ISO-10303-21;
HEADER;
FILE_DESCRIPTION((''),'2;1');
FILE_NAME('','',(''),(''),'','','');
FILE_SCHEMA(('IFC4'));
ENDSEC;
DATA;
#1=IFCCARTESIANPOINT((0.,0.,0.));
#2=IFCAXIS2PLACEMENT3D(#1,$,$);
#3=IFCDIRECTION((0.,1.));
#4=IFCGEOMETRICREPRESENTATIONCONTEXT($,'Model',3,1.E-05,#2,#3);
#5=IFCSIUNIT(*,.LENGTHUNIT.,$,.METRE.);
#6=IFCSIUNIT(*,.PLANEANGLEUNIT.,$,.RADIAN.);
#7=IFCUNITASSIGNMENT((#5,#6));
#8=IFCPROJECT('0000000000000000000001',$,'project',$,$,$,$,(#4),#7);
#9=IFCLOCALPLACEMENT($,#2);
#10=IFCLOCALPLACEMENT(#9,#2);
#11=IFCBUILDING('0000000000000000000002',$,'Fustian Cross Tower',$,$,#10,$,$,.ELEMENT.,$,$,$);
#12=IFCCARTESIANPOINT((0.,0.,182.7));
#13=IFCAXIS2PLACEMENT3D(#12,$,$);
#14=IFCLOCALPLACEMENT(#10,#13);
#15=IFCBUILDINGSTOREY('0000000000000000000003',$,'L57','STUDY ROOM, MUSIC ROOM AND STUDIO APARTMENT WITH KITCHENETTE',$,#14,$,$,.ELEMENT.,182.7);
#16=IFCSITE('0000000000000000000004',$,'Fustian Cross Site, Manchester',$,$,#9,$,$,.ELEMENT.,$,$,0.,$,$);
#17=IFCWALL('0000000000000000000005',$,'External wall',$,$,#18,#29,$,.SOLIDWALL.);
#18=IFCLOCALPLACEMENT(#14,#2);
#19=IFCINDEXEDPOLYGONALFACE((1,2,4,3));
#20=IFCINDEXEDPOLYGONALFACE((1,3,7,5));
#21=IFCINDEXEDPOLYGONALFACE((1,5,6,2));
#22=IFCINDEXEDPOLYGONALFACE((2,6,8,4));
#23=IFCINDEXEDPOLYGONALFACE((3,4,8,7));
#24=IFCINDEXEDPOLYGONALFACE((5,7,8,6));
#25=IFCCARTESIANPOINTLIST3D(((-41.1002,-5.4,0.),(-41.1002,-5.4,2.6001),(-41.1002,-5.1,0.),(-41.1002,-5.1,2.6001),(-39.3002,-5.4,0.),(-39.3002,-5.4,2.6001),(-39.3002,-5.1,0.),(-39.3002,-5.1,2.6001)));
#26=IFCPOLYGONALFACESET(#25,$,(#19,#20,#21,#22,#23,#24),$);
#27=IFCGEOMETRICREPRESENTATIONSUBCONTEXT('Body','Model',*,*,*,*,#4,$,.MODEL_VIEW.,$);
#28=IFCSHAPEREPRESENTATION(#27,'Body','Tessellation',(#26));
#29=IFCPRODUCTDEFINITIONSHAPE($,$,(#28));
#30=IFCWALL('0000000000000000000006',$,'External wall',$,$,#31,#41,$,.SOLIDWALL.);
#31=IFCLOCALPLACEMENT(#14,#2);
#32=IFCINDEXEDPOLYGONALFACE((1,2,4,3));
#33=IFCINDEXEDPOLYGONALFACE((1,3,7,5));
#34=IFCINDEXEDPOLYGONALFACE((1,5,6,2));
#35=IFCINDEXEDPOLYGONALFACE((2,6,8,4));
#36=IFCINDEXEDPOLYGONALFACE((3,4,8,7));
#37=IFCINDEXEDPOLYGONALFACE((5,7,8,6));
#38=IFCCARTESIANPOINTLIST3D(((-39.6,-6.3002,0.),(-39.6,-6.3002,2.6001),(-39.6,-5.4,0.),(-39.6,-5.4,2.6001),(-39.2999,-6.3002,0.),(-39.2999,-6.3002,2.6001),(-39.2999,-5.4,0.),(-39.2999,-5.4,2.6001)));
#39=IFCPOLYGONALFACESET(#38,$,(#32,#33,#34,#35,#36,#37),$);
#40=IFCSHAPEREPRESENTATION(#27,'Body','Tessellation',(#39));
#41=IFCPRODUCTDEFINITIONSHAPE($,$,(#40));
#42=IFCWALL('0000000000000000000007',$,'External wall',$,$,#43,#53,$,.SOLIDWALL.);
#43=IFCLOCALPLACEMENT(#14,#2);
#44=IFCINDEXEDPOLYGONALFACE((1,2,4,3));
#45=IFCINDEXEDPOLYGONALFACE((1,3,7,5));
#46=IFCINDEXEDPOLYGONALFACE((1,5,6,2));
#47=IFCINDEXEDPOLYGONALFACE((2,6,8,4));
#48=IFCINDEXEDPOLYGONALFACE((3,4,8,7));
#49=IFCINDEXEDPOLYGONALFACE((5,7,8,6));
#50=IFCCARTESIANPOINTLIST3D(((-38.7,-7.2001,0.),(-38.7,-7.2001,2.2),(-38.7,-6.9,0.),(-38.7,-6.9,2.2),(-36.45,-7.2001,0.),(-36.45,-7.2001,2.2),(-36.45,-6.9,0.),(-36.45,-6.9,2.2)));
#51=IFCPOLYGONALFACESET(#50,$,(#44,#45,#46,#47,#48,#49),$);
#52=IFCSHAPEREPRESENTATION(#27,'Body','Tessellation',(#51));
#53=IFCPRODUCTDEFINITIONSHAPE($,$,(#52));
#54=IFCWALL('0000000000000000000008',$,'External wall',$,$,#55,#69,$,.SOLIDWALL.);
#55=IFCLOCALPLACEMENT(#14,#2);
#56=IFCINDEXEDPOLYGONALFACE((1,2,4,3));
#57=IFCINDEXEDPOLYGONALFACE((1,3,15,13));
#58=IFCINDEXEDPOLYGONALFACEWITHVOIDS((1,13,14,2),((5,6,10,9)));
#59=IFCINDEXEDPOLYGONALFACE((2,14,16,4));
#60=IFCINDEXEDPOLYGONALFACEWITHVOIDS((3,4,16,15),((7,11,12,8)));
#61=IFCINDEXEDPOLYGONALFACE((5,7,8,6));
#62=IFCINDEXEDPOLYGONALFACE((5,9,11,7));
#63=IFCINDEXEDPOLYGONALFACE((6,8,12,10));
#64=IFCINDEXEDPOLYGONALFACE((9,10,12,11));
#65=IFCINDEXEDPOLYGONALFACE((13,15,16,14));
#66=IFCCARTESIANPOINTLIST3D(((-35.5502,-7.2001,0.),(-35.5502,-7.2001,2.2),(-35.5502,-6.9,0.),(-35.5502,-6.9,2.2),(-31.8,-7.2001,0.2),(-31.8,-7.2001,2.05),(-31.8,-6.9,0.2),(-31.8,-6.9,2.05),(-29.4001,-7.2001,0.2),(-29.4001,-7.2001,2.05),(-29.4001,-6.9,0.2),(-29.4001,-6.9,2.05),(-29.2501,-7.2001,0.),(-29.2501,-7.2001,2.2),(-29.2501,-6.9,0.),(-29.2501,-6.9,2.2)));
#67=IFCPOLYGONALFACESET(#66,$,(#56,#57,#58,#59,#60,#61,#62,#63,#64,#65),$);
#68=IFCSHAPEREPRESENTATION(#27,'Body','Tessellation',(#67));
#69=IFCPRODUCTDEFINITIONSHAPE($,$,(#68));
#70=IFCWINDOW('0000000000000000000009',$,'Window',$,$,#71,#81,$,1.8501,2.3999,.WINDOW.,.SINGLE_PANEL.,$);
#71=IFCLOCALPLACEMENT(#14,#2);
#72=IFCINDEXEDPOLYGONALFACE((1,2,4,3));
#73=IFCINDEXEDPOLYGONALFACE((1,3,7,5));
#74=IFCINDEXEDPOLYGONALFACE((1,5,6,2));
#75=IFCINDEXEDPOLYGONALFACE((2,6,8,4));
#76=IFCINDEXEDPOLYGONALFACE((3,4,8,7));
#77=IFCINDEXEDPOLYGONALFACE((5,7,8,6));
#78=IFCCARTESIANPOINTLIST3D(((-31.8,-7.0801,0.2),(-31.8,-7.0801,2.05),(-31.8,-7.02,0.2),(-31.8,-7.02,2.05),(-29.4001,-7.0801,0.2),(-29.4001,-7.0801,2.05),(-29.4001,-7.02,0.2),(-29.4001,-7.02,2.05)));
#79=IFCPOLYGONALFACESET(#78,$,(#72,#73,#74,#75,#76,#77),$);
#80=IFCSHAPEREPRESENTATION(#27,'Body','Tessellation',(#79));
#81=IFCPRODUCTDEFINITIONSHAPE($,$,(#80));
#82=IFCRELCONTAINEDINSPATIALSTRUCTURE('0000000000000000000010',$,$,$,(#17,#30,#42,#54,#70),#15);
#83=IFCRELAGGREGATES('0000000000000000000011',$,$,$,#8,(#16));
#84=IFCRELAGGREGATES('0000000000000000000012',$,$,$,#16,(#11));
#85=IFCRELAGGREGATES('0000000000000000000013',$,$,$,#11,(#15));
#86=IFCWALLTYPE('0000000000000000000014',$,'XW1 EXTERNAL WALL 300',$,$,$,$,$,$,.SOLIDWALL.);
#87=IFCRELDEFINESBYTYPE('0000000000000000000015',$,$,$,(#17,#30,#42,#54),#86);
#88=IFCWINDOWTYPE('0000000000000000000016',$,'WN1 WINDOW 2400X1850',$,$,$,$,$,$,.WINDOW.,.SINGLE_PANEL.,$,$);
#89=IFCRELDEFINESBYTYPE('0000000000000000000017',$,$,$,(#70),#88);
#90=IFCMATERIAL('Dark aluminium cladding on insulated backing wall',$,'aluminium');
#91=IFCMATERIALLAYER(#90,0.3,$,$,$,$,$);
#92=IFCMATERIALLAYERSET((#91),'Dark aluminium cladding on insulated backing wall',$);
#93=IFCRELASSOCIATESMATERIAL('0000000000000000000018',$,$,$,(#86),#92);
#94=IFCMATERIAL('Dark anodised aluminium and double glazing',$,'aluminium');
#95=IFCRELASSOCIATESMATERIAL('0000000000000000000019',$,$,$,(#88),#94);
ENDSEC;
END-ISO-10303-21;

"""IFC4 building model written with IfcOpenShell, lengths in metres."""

from ifc_helpers import new_model, si_unit, direction, frame, frame_2d, origin, place, context, subcontext, project, spatial, rectangle, extrude, material, layer, layer_set, type_object, element, fill, save


model = new_model("IFC4")

# Units and contexts
model_context = context("Model", 3, precision=1e-05, world=origin(), true_north=direction((0.0, 1.0)))
body_context = subcontext(model_context, "Body", "Model", "MODEL_VIEW")
ifc_project = project(units=[si_unit("LENGTHUNIT", "METRE"), si_unit("PLANEANGLEUNIT", "RADIAN")], contexts=[model_context])

# Site, building, storey
site_placement = place(None, origin())
site = spatial("IfcSite", under=ifc_project, at=site_placement, Name="Fustian Cross Site, Manchester", CompositionType="ELEMENT", RefElevation=0.0)
building_placement = place(site_placement, origin())
building = spatial("IfcBuilding", under=site, at=building_placement, Name="Fustian Cross Tower", CompositionType="ELEMENT")
storey_placement = place(building_placement, frame((0.0, 0.0, 182.7)))
storey = spatial("IfcBuildingStorey", under=building, at=storey_placement, Name="L57", Description="STUDY ROOM, MUSIC ROOM AND STUDIO APARTMENT WITH KITCHENETTE", CompositionType="ELEMENT", Elevation=182.7)

# Walls
ifc_material_1 = material(Name="Dark aluminium cladding on insulated backing wall", Category="aluminium")
ifc_layer_1 = layer(ifc_material_1, 0.3)
ifc_layer_set_1 = layer_set([ifc_layer_1], Name="Dark aluminium cladding on insulated backing wall")
wall_type_1 = type_object("IfcWallType", Name="XW1 EXTERNAL WALL 300", PredefinedType="SOLIDWALL", material=ifc_layer_set_1)
wall_1_placement = place(storey_placement, frame((-41.1001, -5.25, 0.0), z_axis=(0.0, 0.0, 1.0), x_axis=(1.0, 0.0, 0.0)))
element("IfcWall", 1, at=wall_1_placement, inside=storey, type_object=wall_type_1, Name="External wall", PredefinedType="SOLIDWALL", context=body_context, shape_type="SweptSolid", body=[
    extrude(rectangle(XDim=1.8, YDim=0.3, at=frame_2d((0.8999, 0.0))), origin(), (0.0, 0.0, 1.0), 2.6001),
])
wall_2_placement = place(storey_placement, frame((-39.45, -5.3999, 0.0), z_axis=(0.0, 0.0, 1.0), x_axis=(0.0, -1.0, 0.0)))
element("IfcWall", 2, at=wall_2_placement, inside=storey, type_object=wall_type_1, Name="External wall", PredefinedType="SOLIDWALL", context=body_context, shape_type="SweptSolid", body=[
    extrude(rectangle(XDim=0.9001, YDim=0.3, at=frame_2d((0.4502, 0.0))), origin(), (0.0, 0.0, 1.0), 2.6001),
])
wall_3_placement = place(storey_placement, frame((-38.7, -7.05, 0.0), z_axis=(0.0, 0.0, 1.0), x_axis=(1.0, 0.0, 0.0)))
element("IfcWall", 3, at=wall_3_placement, inside=storey, type_object=wall_type_1, Name="External wall", PredefinedType="SOLIDWALL", context=body_context, shape_type="SweptSolid", body=[
    extrude(rectangle(XDim=2.25, YDim=0.3, at=frame_2d((1.125, 0.0))), origin(), (0.0, 0.0, 1.0), 2.2),
])

# Wall, opening, window
wall_4_placement = place(storey_placement, frame((-35.55, -7.05, 0.0), z_axis=(0.0, 0.0, 1.0), x_axis=(1.0, 0.0, 0.0)))
wall_4 = element("IfcWall", 4, at=wall_4_placement, inside=storey, type_object=wall_type_1, Name="External wall", PredefinedType="SOLIDWALL", context=body_context, shape_type="SweptSolid", body=[
    extrude(rectangle(XDim=6.3, YDim=0.3, at=frame_2d((3.1499, 0.0))), origin(), (0.0, 0.0, 1.0), 2.2),
])
opening_1_placement = place(wall_4_placement, frame((3.75, 0.0, 0.2)))
opening_1 = element("IfcOpeningElement", 5, at=opening_1_placement, cuts=wall_4, PredefinedType="OPENING", context=body_context, shape_type="SweptSolid", body=[
    extrude(rectangle(XDim=2.3999, YDim=1.8501, at=frame_2d((1.2, 0.925))), frame((0.0, 0.1599, 0.0), z_axis=(0.0, -1.0, 0.0), x_axis=(1.0, 0.0, 0.0)), (0.0, 0.0, 1.0), 0.3201),
])
ifc_material_2 = material(Name="Dark anodised aluminium and double glazing", Category="aluminium")
window_type = type_object("IfcWindowType", Name="WN1 WINDOW 2400X1850", PartitioningType="SINGLE_PANEL", PredefinedType="WINDOW", material=ifc_material_2)
window_placement = place(opening_1_placement, origin())
window = element("IfcWindow", 6, at=window_placement, inside=storey, type_object=window_type, Name="Window", OverallHeight=1.8501, OverallWidth=2.3999, PartitioningType="SINGLE_PANEL", PredefinedType="WINDOW", context=body_context, shape_type="SweptSolid", body=[
    extrude(rectangle(XDim=2.3999, YDim=1.8501, at=frame_2d((1.2, 0.925))), frame((0.0, 0.03, 0.0), z_axis=(0.0, -1.0, 0.0), x_axis=(1.0, 0.0, 0.0)), (0.0, 0.0, 1.0), 0.0601),
])
fill(opening_1, window)

save(model, "model.ifc")
